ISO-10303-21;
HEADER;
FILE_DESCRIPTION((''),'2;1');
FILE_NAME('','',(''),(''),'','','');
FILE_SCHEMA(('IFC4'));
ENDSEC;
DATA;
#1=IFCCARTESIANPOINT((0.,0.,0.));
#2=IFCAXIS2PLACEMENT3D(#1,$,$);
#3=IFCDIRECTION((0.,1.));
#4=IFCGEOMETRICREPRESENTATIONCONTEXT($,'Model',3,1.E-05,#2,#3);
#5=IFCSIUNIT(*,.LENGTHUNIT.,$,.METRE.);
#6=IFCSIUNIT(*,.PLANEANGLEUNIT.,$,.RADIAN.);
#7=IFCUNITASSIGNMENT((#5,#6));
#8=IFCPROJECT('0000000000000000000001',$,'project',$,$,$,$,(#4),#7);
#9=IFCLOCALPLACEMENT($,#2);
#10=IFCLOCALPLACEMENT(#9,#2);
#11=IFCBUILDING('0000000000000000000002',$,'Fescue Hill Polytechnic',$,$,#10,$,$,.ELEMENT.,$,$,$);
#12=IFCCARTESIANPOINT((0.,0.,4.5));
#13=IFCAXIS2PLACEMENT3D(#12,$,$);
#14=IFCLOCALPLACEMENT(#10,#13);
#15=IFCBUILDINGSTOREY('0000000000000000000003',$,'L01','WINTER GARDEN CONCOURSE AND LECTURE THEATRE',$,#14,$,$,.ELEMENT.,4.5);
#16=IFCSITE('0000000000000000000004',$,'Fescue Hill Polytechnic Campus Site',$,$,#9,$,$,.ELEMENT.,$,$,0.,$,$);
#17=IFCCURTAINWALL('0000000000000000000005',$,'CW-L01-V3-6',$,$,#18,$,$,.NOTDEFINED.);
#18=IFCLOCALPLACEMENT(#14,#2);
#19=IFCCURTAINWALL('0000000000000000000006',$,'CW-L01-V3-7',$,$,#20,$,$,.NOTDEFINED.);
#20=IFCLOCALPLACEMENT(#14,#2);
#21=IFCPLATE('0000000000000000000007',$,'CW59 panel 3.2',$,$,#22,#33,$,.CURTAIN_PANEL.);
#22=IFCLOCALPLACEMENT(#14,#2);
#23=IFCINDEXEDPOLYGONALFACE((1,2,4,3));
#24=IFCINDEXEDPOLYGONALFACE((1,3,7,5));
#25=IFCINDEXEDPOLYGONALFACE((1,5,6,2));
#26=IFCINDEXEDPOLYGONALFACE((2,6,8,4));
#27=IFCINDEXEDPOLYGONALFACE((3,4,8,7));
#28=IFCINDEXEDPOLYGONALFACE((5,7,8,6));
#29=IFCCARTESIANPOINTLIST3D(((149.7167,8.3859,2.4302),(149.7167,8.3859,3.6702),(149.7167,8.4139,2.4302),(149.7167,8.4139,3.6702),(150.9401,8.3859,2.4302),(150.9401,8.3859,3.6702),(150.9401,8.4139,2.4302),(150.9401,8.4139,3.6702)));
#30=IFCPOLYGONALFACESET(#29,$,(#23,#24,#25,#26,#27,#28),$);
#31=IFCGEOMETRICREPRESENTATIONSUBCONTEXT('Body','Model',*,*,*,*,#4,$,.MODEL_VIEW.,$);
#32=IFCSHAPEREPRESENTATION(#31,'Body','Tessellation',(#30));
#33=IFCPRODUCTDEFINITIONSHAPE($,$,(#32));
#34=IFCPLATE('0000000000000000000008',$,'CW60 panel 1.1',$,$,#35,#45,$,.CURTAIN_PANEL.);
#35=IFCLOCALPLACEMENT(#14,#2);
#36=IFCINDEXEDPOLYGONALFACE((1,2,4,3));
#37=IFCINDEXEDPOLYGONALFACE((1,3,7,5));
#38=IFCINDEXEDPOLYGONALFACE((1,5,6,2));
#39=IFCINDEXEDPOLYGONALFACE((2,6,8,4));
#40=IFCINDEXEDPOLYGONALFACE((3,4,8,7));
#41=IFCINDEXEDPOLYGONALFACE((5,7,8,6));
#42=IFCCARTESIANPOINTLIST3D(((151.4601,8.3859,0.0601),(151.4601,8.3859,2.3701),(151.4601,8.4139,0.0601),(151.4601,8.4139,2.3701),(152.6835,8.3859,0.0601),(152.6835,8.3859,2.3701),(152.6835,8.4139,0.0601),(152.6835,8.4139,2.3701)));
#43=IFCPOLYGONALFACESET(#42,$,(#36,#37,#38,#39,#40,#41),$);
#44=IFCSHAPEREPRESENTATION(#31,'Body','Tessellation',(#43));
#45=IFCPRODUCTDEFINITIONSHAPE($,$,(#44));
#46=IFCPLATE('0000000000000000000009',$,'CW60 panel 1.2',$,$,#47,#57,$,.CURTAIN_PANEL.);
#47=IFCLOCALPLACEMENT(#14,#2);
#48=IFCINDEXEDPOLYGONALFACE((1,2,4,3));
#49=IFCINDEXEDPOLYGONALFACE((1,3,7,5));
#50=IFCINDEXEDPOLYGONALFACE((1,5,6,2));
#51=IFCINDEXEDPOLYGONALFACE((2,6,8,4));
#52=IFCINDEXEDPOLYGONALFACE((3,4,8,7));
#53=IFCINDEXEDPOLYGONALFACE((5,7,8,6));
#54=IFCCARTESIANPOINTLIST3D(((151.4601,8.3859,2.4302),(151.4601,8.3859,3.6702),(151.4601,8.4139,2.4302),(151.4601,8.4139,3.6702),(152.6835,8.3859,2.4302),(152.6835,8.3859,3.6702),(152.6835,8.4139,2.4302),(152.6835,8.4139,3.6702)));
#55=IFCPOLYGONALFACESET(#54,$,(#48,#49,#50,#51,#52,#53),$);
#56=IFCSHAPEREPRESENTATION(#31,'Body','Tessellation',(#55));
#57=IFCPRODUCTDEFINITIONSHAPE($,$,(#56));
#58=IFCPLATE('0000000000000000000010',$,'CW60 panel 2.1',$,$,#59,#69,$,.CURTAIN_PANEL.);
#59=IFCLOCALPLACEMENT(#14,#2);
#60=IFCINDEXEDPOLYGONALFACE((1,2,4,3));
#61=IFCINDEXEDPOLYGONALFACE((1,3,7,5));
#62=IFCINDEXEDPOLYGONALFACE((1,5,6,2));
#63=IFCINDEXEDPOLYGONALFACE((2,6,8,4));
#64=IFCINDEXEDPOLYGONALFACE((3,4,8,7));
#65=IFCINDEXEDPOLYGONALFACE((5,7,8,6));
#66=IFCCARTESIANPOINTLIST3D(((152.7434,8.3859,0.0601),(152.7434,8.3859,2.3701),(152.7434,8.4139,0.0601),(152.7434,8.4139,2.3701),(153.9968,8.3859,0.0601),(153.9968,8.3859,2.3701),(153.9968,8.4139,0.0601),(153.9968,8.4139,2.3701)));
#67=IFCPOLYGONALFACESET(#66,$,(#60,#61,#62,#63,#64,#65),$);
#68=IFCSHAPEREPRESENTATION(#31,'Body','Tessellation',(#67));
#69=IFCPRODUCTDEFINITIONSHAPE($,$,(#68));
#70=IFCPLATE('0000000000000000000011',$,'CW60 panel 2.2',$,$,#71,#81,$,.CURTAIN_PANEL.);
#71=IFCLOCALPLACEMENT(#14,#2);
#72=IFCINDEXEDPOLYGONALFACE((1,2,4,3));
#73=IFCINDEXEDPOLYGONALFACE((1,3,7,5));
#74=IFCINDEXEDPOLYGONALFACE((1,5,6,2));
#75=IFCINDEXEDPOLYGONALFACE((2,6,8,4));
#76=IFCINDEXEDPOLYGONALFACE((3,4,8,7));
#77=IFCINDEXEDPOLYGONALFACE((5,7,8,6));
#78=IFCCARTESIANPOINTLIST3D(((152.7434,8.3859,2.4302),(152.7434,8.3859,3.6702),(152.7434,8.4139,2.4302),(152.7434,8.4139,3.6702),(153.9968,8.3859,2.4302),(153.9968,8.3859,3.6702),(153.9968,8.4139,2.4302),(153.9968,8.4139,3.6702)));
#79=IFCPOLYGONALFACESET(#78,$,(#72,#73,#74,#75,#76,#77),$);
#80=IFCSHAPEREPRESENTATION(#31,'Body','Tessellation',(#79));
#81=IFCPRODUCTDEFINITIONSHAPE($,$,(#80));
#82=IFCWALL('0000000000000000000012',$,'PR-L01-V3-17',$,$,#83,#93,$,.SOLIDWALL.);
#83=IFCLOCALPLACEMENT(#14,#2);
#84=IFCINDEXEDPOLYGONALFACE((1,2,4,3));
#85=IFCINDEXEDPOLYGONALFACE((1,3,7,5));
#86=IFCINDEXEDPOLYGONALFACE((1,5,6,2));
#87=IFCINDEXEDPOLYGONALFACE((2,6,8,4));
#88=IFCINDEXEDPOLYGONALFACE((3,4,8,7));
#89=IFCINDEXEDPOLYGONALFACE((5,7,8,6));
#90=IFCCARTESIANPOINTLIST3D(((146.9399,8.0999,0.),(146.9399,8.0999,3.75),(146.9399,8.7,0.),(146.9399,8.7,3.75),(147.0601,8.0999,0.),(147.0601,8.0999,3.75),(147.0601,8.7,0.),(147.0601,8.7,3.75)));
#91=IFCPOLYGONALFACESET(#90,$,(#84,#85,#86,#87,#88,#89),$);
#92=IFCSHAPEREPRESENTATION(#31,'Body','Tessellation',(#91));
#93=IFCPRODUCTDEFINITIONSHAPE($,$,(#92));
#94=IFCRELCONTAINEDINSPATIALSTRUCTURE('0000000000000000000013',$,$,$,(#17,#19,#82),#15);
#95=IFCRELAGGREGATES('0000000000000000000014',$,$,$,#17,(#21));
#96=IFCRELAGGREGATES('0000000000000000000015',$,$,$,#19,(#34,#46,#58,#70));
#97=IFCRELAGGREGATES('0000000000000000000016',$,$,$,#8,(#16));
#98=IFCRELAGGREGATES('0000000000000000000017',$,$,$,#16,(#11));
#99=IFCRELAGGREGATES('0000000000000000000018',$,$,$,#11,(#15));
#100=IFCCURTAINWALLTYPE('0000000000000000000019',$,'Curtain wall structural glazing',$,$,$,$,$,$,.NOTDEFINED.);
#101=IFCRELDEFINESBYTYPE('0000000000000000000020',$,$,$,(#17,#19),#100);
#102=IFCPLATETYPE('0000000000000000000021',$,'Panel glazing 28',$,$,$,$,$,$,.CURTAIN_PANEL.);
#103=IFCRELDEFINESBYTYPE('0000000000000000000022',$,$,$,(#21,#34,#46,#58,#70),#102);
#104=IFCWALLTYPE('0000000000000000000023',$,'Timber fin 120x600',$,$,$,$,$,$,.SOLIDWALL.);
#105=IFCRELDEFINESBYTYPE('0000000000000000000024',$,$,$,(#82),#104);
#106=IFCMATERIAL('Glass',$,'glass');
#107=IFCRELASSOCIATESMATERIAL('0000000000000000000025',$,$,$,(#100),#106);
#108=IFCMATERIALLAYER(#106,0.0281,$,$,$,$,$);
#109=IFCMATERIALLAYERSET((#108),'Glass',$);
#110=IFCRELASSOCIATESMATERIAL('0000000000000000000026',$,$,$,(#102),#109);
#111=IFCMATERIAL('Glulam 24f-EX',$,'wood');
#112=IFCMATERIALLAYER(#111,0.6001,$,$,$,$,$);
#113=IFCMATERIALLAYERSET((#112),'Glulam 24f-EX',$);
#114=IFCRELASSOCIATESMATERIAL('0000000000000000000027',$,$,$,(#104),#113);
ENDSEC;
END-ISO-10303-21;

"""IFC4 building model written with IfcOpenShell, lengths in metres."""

from ifc_helpers import new_model, si_unit, direction, frame, frame_2d, origin, origin_2d, place, context, subcontext, project, spatial, rectangle, extrude, material, layer, layer_set, type_object, element, aggregate, save


model = new_model("IFC4")

# Units and contexts
model_context = context("Model", 3, precision=1e-05, world=origin(), true_north=direction((0.0, 1.0)))
body_context = subcontext(model_context, "Body", "Model", "MODEL_VIEW")
ifc_project = project(units=[si_unit("LENGTHUNIT", "METRE"), si_unit("PLANEANGLEUNIT", "RADIAN")], contexts=[model_context])

# Site, building, storey
site_placement = place(None, origin())
site = spatial("IfcSite", under=ifc_project, at=site_placement, Name="Fescue Hill Polytechnic Campus Site", CompositionType="ELEMENT", RefElevation=0.0)
building_placement = place(site_placement, origin())
building = spatial("IfcBuilding", under=site, at=building_placement, Name="Fescue Hill Polytechnic", CompositionType="ELEMENT")
storey_placement = place(building_placement, frame((0.0, 0.0, 4.5)))
storey = spatial("IfcBuildingStorey", under=building, at=storey_placement, Name="L01", Description="WINTER GARDEN CONCOURSE AND LECTURE THEATRE", CompositionType="ELEMENT", Elevation=4.5)

# Shared definitions
ifc_material_1 = material(Name="Glass", Category="glass")
curtain_wall_type = type_object("IfcCurtainWallType", Name="Curtain wall structural glazing", PredefinedType="NOTDEFINED", material=ifc_material_1)

# Curtain walls
curtain_wall_1_placement = place(storey_placement, origin())
curtain_wall_1 = element("IfcCurtainWall", 1, at=curtain_wall_1_placement, inside=storey, type_object=curtain_wall_type, Name="CW-L01-V3-6", PredefinedType="NOTDEFINED")
curtain_wall_2_placement = place(storey_placement, origin())
curtain_wall_2 = element("IfcCurtainWall", 2, at=curtain_wall_2_placement, inside=storey, type_object=curtain_wall_type, Name="CW-L01-V3-7", PredefinedType="NOTDEFINED")

# Plates
ifc_layer_1 = layer(ifc_material_1, 0.0281)
ifc_layer_set_1 = layer_set([ifc_layer_1], Name="Glass")
plate_type = type_object("IfcPlateType", Name="Panel glazing 28", PredefinedType="CURTAIN_PANEL", material=ifc_layer_set_1)
plate_1_placement = place(storey_placement, frame((150.3284, 8.3999, 2.4302), z_axis=(0.0, 0.0, 1.0), x_axis=(1.0, 0.0, 0.0)))
plate_1 = element("IfcPlate", 3, at=plate_1_placement, type_object=plate_type, Name="CW59 panel 3.2", PredefinedType="CURTAIN_PANEL", context=body_context, shape_type="SweptSolid", body=[
    extrude(rectangle(XDim=1.2234, YDim=0.0281, at=origin_2d()), origin(), (0.0, 0.0, 1.0), 1.24),
])
aggregate(curtain_wall_1, [plate_1])
plate_2_placement = place(storey_placement, frame((152.0718, 8.3999, 0.0601), z_axis=(0.0, 0.0, 1.0), x_axis=(1.0, 0.0, 0.0)))
plate_2 = element("IfcPlate", 4, at=plate_2_placement, type_object=plate_type, Name="CW60 panel 1.1", PredefinedType="CURTAIN_PANEL", context=body_context, shape_type="SweptSolid", body=[
    extrude(rectangle(XDim=1.2234, YDim=0.0281, at=origin_2d()), origin(), (0.0, 0.0, 1.0), 2.3101),
])
plate_3_placement = place(storey_placement, frame((152.0718, 8.3999, 2.4302), z_axis=(0.0, 0.0, 1.0), x_axis=(1.0, 0.0, 0.0)))
plate_3 = element("IfcPlate", 5, at=plate_3_placement, type_object=plate_type, Name="CW60 panel 1.2", PredefinedType="CURTAIN_PANEL", context=body_context, shape_type="SweptSolid", body=[
    extrude(rectangle(XDim=1.2234, YDim=0.0281, at=origin_2d()), origin(), (0.0, 0.0, 1.0), 1.24),
])
plate_4_placement = place(storey_placement, frame((153.3701, 8.3999, 0.0601), z_axis=(0.0, 0.0, 1.0), x_axis=(1.0, 0.0, 0.0)))
plate_4 = element("IfcPlate", 6, at=plate_4_placement, type_object=plate_type, Name="CW60 panel 2.1", PredefinedType="CURTAIN_PANEL", context=body_context, shape_type="SweptSolid", body=[
    extrude(rectangle(XDim=1.2534, YDim=0.0281, at=origin_2d()), origin(), (0.0, 0.0, 1.0), 2.3101),
])
plate_5_placement = place(storey_placement, frame((153.3701, 8.3999, 2.4302), z_axis=(0.0, 0.0, 1.0), x_axis=(1.0, 0.0, 0.0)))
plate_5 = element("IfcPlate", 7, at=plate_5_placement, type_object=plate_type, Name="CW60 panel 2.2", PredefinedType="CURTAIN_PANEL", context=body_context, shape_type="SweptSolid", body=[
    extrude(rectangle(XDim=1.2534, YDim=0.0281, at=origin_2d()), origin(), (0.0, 0.0, 1.0), 1.24),
])
aggregate(curtain_wall_2, [plate_2, plate_3, plate_4, plate_5])

# Wall
ifc_material_2 = material(Name="Glulam 24f-EX", Category="wood")
ifc_layer_2 = layer(ifc_material_2, 0.6001)
ifc_layer_set_2 = layer_set([ifc_layer_2], Name="Glulam 24f-EX")
wall_type = type_object("IfcWallType", Name="Timber fin 120x600", PredefinedType="SOLIDWALL", material=ifc_layer_set_2)
wall_placement = place(storey_placement, frame((146.9399, 8.3999, 0.0), z_axis=(0.0, 0.0, 1.0), x_axis=(1.0, 0.0, 0.0)))
element("IfcWall", 8, at=wall_placement, inside=storey, type_object=wall_type, Name="PR-L01-V3-17", PredefinedType="SOLIDWALL", context=body_context, shape_type="SweptSolid", body=[
    extrude(rectangle(XDim=0.1201, YDim=0.6001, at=frame_2d((0.0601, 0.0))), origin(), (0.0, 0.0, 1.0), 3.75),
])

save(model, "model.ifc")
